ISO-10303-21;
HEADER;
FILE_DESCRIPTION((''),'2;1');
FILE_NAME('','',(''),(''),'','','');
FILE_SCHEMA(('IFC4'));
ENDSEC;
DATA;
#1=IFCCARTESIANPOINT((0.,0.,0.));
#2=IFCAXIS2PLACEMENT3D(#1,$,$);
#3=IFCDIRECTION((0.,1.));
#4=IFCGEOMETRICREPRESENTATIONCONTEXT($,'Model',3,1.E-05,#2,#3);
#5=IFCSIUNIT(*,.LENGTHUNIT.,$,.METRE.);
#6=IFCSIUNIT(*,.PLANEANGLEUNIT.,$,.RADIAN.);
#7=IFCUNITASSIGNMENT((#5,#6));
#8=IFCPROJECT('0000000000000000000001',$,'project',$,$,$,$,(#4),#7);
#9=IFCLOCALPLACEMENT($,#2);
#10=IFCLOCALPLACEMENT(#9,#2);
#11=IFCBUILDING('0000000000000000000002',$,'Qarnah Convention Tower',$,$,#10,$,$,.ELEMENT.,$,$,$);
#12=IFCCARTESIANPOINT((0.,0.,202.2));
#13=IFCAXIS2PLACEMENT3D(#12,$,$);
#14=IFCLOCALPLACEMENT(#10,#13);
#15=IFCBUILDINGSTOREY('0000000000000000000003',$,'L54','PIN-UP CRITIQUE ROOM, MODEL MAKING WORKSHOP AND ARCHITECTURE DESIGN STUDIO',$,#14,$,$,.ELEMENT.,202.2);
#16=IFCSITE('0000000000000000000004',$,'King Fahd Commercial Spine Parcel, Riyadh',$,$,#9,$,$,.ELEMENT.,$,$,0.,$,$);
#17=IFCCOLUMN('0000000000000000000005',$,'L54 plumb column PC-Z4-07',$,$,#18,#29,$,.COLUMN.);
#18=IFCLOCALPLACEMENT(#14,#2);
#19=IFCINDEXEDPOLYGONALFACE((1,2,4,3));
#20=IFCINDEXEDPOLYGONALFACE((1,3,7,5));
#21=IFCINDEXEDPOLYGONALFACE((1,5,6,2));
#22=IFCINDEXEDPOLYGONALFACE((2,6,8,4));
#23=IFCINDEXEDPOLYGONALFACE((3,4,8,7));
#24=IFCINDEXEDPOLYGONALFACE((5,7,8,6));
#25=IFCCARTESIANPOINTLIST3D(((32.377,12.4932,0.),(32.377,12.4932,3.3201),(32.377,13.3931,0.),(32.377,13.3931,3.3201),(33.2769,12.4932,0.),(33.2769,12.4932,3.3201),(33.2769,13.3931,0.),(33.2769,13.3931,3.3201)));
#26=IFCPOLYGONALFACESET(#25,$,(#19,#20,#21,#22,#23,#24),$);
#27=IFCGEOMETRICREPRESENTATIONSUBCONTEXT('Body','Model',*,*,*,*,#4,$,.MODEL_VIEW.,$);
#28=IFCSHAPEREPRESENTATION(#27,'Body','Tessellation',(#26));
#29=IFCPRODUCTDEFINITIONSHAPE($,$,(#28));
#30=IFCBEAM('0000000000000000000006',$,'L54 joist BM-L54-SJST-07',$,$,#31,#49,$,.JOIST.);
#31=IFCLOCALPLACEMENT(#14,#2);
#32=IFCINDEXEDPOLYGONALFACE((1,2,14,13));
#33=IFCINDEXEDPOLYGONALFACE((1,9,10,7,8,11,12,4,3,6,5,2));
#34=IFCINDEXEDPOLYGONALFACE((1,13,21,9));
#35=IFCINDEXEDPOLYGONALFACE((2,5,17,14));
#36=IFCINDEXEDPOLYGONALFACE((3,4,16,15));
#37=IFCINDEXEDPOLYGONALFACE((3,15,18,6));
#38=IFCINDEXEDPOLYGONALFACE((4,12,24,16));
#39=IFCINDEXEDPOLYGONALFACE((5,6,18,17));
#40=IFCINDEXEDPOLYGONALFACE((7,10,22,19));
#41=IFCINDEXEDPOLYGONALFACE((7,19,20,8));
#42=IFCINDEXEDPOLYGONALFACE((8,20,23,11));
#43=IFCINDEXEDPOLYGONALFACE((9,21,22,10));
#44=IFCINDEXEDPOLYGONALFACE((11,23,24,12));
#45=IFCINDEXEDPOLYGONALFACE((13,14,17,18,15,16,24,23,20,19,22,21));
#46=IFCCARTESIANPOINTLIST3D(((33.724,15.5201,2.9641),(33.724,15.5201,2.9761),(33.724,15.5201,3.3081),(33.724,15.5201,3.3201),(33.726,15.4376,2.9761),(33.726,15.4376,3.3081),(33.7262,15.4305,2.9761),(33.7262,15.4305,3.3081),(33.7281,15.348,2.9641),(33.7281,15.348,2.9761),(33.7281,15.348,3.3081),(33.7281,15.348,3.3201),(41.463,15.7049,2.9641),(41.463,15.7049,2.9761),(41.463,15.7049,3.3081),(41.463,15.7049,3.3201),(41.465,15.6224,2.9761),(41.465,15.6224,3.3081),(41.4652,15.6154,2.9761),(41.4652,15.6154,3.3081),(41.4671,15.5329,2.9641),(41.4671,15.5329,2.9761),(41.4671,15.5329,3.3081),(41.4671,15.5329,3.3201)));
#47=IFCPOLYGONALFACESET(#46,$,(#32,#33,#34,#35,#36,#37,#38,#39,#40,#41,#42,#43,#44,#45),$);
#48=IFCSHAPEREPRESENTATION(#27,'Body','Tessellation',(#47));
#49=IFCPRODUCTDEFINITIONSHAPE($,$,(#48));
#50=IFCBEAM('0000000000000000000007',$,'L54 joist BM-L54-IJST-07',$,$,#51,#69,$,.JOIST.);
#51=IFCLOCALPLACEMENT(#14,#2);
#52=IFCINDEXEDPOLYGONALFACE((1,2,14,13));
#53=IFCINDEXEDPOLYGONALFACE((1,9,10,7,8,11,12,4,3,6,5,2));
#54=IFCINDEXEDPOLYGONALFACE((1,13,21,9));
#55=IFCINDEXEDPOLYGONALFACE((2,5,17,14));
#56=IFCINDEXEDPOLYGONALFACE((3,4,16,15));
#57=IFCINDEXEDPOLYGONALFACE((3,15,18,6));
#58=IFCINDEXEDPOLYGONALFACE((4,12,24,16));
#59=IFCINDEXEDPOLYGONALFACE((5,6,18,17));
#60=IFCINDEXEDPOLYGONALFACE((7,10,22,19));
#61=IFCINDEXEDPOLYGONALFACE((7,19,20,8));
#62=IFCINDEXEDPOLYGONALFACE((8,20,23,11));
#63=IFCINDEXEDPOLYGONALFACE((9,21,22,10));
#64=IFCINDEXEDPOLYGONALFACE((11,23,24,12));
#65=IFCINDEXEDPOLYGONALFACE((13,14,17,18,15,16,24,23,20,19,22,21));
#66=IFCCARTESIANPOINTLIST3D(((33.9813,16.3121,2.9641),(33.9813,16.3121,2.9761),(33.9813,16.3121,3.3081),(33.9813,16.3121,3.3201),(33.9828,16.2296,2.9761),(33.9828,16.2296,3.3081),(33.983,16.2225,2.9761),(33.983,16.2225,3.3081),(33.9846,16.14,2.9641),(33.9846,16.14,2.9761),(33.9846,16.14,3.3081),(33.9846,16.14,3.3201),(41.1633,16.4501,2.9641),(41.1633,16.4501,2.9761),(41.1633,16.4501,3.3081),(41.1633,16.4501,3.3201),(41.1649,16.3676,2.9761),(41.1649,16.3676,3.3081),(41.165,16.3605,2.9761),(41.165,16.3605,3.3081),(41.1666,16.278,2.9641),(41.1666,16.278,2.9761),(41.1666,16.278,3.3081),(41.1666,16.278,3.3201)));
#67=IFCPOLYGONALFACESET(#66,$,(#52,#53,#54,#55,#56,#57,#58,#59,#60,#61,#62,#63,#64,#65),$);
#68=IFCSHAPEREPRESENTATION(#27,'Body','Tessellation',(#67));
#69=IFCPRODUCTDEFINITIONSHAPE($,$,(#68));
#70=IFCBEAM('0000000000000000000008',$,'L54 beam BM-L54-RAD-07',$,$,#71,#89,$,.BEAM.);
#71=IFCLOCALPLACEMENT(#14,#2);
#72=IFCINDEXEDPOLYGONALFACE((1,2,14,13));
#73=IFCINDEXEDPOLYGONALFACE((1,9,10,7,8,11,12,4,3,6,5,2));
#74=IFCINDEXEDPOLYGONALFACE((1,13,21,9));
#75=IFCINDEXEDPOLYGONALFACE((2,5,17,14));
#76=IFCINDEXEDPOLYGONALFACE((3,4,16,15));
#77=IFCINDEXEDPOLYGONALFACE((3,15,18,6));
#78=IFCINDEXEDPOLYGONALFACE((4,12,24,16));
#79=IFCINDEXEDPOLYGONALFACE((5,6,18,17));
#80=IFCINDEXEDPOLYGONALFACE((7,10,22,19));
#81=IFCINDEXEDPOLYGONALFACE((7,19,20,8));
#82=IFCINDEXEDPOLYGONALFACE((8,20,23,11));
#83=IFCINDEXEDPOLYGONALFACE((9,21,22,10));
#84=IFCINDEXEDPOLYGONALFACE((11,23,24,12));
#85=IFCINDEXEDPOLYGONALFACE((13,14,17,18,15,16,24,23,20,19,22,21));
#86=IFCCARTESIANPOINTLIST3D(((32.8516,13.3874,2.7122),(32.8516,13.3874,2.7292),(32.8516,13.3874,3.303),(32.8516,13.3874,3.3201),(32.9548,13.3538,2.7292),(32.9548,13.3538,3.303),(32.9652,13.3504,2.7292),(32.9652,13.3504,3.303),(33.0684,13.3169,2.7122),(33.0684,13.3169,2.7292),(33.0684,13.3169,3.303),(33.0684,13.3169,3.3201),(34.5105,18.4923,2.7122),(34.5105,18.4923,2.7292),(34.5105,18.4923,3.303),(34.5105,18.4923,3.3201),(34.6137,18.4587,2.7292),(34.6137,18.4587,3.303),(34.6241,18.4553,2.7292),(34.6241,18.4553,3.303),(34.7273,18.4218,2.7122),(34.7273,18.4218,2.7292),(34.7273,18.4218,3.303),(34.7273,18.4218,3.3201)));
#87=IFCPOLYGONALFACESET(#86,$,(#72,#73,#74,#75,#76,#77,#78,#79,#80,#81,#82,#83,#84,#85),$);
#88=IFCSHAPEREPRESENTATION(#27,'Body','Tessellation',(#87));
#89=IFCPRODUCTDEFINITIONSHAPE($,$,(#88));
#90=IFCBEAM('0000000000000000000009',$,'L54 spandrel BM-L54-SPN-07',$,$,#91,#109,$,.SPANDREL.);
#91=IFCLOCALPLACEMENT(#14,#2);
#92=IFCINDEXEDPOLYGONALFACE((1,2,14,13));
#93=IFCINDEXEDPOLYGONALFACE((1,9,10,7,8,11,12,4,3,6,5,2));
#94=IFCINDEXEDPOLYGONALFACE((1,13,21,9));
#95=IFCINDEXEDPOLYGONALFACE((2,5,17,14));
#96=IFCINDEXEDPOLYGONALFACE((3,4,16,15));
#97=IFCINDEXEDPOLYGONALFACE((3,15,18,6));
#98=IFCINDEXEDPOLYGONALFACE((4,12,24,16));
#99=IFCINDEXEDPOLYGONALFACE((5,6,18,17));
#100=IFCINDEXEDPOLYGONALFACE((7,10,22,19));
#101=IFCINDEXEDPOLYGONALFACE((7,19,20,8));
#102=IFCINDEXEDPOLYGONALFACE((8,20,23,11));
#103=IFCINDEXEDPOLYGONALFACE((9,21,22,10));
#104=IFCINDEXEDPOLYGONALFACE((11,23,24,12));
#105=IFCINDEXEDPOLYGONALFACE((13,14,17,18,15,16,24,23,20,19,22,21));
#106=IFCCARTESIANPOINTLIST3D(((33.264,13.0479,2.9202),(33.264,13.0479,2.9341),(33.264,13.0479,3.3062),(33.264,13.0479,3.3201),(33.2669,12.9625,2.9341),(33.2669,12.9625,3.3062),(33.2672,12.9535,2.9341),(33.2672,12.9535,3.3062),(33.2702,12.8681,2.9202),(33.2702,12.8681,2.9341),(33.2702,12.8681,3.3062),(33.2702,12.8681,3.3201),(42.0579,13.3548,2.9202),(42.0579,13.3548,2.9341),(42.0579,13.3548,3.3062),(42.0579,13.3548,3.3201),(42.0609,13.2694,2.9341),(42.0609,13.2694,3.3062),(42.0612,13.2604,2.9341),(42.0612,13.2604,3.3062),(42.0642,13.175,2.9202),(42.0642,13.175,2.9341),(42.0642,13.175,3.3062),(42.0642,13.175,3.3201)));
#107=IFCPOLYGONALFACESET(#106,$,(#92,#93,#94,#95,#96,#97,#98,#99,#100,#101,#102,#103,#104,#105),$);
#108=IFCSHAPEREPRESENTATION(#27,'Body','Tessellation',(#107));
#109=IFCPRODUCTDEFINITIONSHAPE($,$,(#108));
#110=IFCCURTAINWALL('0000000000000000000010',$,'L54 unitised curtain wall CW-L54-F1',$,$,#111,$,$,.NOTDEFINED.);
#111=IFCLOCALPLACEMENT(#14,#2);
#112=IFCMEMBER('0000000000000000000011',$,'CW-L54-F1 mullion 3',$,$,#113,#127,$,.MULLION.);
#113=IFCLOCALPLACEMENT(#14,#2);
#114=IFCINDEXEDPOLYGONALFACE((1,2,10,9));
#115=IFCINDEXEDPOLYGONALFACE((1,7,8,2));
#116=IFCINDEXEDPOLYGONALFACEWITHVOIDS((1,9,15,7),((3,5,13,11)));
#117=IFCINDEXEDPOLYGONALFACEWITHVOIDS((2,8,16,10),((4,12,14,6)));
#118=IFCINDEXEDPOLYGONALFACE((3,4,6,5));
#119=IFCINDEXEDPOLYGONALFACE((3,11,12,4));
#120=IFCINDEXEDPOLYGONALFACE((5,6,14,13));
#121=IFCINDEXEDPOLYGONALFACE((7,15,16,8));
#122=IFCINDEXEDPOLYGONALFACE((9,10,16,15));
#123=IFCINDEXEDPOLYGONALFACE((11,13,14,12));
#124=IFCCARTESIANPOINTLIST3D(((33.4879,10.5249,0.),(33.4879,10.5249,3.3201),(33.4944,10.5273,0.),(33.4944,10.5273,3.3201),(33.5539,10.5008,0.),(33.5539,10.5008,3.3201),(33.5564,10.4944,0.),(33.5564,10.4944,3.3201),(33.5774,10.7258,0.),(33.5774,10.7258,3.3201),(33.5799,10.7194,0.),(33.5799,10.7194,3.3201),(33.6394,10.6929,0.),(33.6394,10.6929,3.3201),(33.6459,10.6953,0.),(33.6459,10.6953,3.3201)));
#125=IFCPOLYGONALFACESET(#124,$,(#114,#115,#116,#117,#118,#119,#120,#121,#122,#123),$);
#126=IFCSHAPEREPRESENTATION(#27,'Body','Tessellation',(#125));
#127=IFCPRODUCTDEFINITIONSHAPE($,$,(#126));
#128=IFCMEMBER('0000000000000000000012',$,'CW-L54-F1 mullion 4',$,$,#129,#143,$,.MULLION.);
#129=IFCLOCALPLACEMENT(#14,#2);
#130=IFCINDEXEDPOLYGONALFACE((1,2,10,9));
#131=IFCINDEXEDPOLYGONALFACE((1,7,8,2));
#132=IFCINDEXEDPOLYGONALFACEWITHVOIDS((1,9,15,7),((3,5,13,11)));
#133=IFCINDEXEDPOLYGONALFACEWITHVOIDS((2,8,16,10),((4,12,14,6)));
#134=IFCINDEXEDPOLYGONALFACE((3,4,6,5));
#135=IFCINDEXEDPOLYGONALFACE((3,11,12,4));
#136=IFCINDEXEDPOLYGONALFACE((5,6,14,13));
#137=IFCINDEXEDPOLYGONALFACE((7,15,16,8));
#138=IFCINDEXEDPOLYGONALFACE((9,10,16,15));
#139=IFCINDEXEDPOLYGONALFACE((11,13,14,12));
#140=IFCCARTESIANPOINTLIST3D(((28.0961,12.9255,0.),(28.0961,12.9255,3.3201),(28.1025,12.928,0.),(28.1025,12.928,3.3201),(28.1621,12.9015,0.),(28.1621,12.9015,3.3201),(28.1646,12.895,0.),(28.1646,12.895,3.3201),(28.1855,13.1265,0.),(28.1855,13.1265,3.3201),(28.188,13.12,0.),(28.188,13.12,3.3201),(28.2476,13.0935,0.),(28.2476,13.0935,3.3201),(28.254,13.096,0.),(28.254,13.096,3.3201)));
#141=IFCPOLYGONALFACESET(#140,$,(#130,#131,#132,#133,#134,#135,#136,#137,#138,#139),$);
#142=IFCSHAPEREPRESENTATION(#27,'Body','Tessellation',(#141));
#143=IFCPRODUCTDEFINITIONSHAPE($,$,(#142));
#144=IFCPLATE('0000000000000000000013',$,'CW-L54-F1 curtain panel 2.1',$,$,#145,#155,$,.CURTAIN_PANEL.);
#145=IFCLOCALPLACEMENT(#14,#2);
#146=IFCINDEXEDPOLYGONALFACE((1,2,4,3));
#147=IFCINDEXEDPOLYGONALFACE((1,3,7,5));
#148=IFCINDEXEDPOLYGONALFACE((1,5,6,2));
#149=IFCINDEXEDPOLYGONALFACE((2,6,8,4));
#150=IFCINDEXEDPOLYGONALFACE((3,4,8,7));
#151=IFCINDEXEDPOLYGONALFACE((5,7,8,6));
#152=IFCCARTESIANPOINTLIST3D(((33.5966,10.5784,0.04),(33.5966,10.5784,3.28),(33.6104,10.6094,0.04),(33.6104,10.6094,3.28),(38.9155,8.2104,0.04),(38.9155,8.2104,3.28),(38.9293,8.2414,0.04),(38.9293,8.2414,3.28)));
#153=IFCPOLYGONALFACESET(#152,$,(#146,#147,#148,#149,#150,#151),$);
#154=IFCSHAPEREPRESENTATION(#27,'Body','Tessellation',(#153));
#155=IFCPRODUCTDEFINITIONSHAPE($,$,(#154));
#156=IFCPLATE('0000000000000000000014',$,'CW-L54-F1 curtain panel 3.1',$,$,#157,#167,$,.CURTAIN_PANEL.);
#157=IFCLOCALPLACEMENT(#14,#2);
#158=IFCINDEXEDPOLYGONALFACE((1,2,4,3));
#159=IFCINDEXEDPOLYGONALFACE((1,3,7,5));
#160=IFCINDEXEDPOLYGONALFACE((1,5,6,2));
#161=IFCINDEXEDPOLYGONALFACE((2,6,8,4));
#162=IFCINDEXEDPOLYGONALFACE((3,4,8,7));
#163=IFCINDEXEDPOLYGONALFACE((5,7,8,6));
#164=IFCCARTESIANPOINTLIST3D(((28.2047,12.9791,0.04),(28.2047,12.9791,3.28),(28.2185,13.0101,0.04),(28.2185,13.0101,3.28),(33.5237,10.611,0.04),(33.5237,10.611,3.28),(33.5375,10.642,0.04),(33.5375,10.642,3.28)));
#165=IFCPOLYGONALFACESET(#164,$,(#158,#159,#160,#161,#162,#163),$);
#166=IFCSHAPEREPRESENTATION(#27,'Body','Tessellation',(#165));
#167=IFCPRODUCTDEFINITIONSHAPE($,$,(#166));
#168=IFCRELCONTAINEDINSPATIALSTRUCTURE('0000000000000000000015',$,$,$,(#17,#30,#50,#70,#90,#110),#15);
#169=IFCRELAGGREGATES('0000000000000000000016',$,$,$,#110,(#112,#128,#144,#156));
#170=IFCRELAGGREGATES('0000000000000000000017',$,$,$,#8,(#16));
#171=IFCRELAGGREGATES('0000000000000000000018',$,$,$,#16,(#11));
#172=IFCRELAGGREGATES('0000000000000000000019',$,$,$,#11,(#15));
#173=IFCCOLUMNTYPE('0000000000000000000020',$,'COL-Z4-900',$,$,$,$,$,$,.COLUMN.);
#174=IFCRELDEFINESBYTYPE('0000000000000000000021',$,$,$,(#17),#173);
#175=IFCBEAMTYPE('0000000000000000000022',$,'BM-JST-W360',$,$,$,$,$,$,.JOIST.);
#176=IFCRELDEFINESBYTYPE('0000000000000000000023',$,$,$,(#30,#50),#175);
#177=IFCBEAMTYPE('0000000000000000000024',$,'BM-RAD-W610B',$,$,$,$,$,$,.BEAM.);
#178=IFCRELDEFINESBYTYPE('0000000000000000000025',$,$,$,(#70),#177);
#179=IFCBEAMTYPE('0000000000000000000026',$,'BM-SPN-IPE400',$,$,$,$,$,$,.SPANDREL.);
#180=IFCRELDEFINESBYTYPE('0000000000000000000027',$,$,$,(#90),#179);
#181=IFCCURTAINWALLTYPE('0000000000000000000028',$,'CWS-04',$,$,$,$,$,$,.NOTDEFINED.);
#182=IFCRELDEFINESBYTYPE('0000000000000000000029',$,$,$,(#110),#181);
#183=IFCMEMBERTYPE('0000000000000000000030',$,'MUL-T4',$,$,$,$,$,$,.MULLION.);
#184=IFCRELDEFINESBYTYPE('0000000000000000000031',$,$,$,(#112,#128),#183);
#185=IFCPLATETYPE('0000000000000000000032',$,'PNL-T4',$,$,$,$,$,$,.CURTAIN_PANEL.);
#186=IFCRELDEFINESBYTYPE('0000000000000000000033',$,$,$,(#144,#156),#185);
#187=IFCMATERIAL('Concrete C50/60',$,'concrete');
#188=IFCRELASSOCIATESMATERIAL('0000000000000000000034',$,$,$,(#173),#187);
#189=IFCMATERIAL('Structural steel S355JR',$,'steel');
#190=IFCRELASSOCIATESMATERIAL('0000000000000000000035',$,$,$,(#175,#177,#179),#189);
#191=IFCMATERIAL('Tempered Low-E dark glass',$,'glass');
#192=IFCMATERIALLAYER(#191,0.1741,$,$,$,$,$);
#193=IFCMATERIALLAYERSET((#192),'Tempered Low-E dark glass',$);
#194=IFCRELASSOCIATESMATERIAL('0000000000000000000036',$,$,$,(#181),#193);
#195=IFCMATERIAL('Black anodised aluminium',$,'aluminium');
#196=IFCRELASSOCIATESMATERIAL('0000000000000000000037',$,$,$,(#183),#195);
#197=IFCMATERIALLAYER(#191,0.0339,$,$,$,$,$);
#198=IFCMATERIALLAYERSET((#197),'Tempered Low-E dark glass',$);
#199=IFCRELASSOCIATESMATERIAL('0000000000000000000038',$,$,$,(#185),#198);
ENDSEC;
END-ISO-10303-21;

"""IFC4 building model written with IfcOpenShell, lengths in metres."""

from ifc_helpers import new_model, si_unit, direction, frame, origin, origin_2d, place, context, subcontext, project, spatial, rectangle, hollow_rectangle, i_section, extrude, material, layer, layer_set, material_profile, profile_set, type_object, element, aggregate, save


model = new_model("IFC4")

# Units and contexts
model_context = context("Model", 3, precision=1e-05, world=origin(), true_north=direction((0.0, 1.0)))
body_context = subcontext(model_context, "Body", "Model", "MODEL_VIEW")
ifc_project = project(units=[si_unit("LENGTHUNIT", "METRE"), si_unit("PLANEANGLEUNIT", "RADIAN")], contexts=[model_context])

# Site, building, storey
site_placement = place(None, origin())
site = spatial("IfcSite", under=ifc_project, at=site_placement, Name="King Fahd Commercial Spine Parcel, Riyadh", CompositionType="ELEMENT", RefElevation=0.0)
building_placement = place(site_placement, origin())
building = spatial("IfcBuilding", under=site, at=building_placement, Name="Qarnah Convention Tower", CompositionType="ELEMENT")
storey_placement = place(building_placement, frame((0.0, 0.0, 202.2)))
storey = spatial("IfcBuildingStorey", under=building, at=storey_placement, Name="L54", Description="PIN-UP CRITIQUE ROOM, MODEL MAKING WORKSHOP AND ARCHITECTURE DESIGN STUDIO", CompositionType="ELEMENT", Elevation=202.2)

# Column
ifc_material_1 = material(Name="Concrete C50/60", Category="concrete")
ifc_material_profile_1 = material_profile(ifc_material_1, rectangle(XDim=0.8999, YDim=0.8999, at=origin_2d()), Name="RC-COL-900X900")
ifc_profile_set_1 = profile_set([ifc_material_profile_1], Name="Concrete C50/60")
column_type = type_object("IfcColumnType", Name="COL-Z4-900", PredefinedType="COLUMN", material=ifc_profile_set_1)
column_placement = place(storey_placement, frame((32.8269, 12.9431, 0.0), z_axis=(0.0, 0.0, 1.0), x_axis=(1.0, 0.0, 0.0)))
element("IfcColumn", 1, at=column_placement, inside=storey, type_object=column_type, Name="L54 plumb column PC-Z4-07", PredefinedType="COLUMN", context=body_context, shape_type="SweptSolid", body=[
    extrude(rectangle(XDim=0.8999, YDim=0.8999, at=origin_2d()), origin(), (0.0, 0.0, 1.0), 3.3201),
])

# Beams
ifc_material_2 = material(Name="Structural steel S355JR", Category="steel")
ifc_material_profile_2 = material_profile(ifc_material_2, i_section(OverallWidth=0.1721, OverallDepth=0.356, WebThickness=0.0071, FlangeThickness=0.012, at=origin_2d()), Name="W360X51")
ifc_profile_set_2 = profile_set([ifc_material_profile_2], Name="Structural steel S355JR")
beam_type_1 = type_object("IfcBeamType", Name="BM-JST-W360", PredefinedType="JOIST", material=ifc_profile_set_2)
beam_1_placement = place(storey_placement, frame((33.7261, 15.4341, 3.1421), z_axis=(0.999715, 0.023874, 0.0), x_axis=(-0.023874, 0.999715, 0.0)))
element("IfcBeam", 2, at=beam_1_placement, inside=storey, type_object=beam_type_1, Name="L54 joist BM-L54-SJST-07", PredefinedType="JOIST", context=body_context, shape_type="SweptSolid", body=[
    extrude(i_section(OverallWidth=0.1721, OverallDepth=0.356, WebThickness=0.0071, FlangeThickness=0.012, at=origin_2d()), origin(), (0.0, 0.0, 1.0), 7.7412),
])
beam_2_placement = place(storey_placement, frame((33.9829, 16.2261, 3.1421), z_axis=(0.999816, 0.019202, 0.0), x_axis=(-0.019202, 0.999816, 0.0)))
element("IfcBeam", 3, at=beam_2_placement, inside=storey, type_object=beam_type_1, Name="L54 joist BM-L54-IJST-07", PredefinedType="JOIST", context=body_context, shape_type="SweptSolid", body=[
    extrude(i_section(OverallWidth=0.1721, OverallDepth=0.356, WebThickness=0.0071, FlangeThickness=0.012, at=origin_2d()), origin(), (0.0, 0.0, 1.0), 7.1833),
])
ifc_material_profile_3 = material_profile(ifc_material_2, i_section(OverallWidth=0.228, OverallDepth=0.6079, WebThickness=0.011, FlangeThickness=0.0171, at=origin_2d()), Name="W610X113")
ifc_profile_set_3 = profile_set([ifc_material_profile_3], Name="Structural steel S355JR")
beam_type_2 = type_object("IfcBeamType", Name="BM-RAD-W610B", PredefinedType="BEAM", material=ifc_profile_set_3)
beam_3_placement = place(storey_placement, frame((34.6189, 18.457, 3.0161), z_axis=(-0.309055, -0.951044, 0.0), x_axis=(0.951044, -0.309055, 0.0)))
element("IfcBeam", 4, at=beam_3_placement, inside=storey, type_object=beam_type_2, Name="L54 beam BM-L54-RAD-07", PredefinedType="BEAM", context=body_context, shape_type="SweptSolid", body=[
    extrude(i_section(OverallWidth=0.228, OverallDepth=0.6079, WebThickness=0.011, FlangeThickness=0.0171, at=origin_2d()), origin(), (0.0, 0.0, 1.0), 5.3677),
])
ifc_material_profile_4 = material_profile(ifc_material_2, i_section(OverallWidth=0.1799, OverallDepth=0.3999, WebThickness=0.009, FlangeThickness=0.0139, at=origin_2d()), Name="IPE400")
ifc_profile_set_4 = profile_set([ifc_material_profile_4], Name="Structural steel S355JR")
beam_type_3 = type_object("IfcBeamType", Name="BM-SPN-IPE400", PredefinedType="SPANDREL", material=ifc_profile_set_4)
beam_4_placement = place(storey_placement, frame((33.2671, 12.958, 3.1201), z_axis=(0.999392, 0.034876, 0.0), x_axis=(-0.034876, 0.999392, 0.0)))
element("IfcBeam", 5, at=beam_4_placement, inside=storey, type_object=beam_type_3, Name="L54 spandrel BM-L54-SPN-07", PredefinedType="SPANDREL", context=body_context, shape_type="SweptSolid", body=[
    extrude(i_section(OverallWidth=0.1799, OverallDepth=0.3999, WebThickness=0.009, FlangeThickness=0.0139, at=origin_2d()), origin(), (0.0, 0.0, 1.0), 8.7993),
])

# Curtain wall, members, plates
ifc_material_3 = material(Name="Tempered Low-E dark glass", Category="glass")
ifc_layer_1 = layer(ifc_material_3, 0.1741)
ifc_layer_set_1 = layer_set([ifc_layer_1], Name="Tempered Low-E dark glass")
curtain_wall_type = type_object("IfcCurtainWallType", Name="CWS-04", PredefinedType="NOTDEFINED", material=ifc_layer_set_1)
curtain_wall_placement = place(storey_placement, origin())
curtain_wall = element("IfcCurtainWall", 6, at=curtain_wall_placement, inside=storey, type_object=curtain_wall_type, Name="L54 unitised curtain wall CW-L54-F1", PredefinedType="NOTDEFINED")
ifc_material_4 = material(Name="Black anodised aluminium", Category="aluminium")
ifc_material_profile_5 = material_profile(ifc_material_4, hollow_rectangle(XDim=0.075, YDim=0.22, WallThickness=0.0049, at=origin_2d()), Name="MUL-75X220")
ifc_profile_set_5 = profile_set([ifc_material_profile_5], Name="Black anodised aluminium")
member_type = type_object("IfcMemberType", Name="MUL-T4", PredefinedType="MULLION", material=ifc_profile_set_5)
member_1_placement = place(storey_placement, frame((33.5669, 10.6101, 0.0), z_axis=(0.0, 0.0, 1.0), x_axis=(-0.91355, 0.406726, 0.0)))
member_1 = element("IfcMember", 7, at=member_1_placement, type_object=member_type, Name="CW-L54-F1 mullion 3", PredefinedType="MULLION", context=body_context, shape_type="SweptSolid", body=[
    extrude(hollow_rectangle(XDim=0.075, YDim=0.22, WallThickness=0.0049, at=origin_2d()), origin(), (0.0, 0.0, 1.0), 3.3201),
])
member_2_placement = place(storey_placement, frame((28.175, 13.0107, 0.0), z_axis=(0.0, 0.0, 1.0), x_axis=(-0.91355, 0.406726, 0.0)))
member_2 = element("IfcMember", 8, at=member_2_placement, type_object=member_type, Name="CW-L54-F1 mullion 4", PredefinedType="MULLION", context=body_context, shape_type="SweptSolid", body=[
    extrude(hollow_rectangle(XDim=0.075, YDim=0.22, WallThickness=0.0049, at=origin_2d()), origin(), (0.0, 0.0, 1.0), 3.3201),
])
ifc_layer_2 = layer(ifc_material_3, 0.0339)
ifc_layer_set_2 = layer_set([ifc_layer_2], Name="Tempered Low-E dark glass")
plate_type = type_object("IfcPlateType", Name="PNL-T4", PredefinedType="CURTAIN_PANEL", material=ifc_layer_set_2)
plate_1_placement = place(storey_placement, frame((36.2629, 9.4099, 0.04), z_axis=(0.0, 0.0, 1.0), x_axis=(-0.91355, 0.406726, 0.0)))
plate_1 = element("IfcPlate", 9, at=plate_1_placement, type_object=plate_type, Name="CW-L54-F1 curtain panel 2.1", PredefinedType="CURTAIN_PANEL", context=body_context, shape_type="SweptSolid", body=[
    extrude(rectangle(XDim=5.8223, YDim=0.0339, at=origin_2d()), origin(), (0.0, 0.0, 1.0), 3.24),
])
plate_2_placement = place(storey_placement, frame((30.8711, 11.8105, 0.04), z_axis=(0.0, 0.0, 1.0), x_axis=(-0.91355, 0.406726, 0.0)))
plate_2 = element("IfcPlate", 10, at=plate_2_placement, type_object=plate_type, Name="CW-L54-F1 curtain panel 3.1", PredefinedType="CURTAIN_PANEL", context=body_context, shape_type="SweptSolid", body=[
    extrude(rectangle(XDim=5.8223, YDim=0.0339, at=origin_2d()), origin(), (0.0, 0.0, 1.0), 3.24),
])
aggregate(curtain_wall, [member_1, member_2, plate_1, plate_2])

save(model, "model.ifc")
